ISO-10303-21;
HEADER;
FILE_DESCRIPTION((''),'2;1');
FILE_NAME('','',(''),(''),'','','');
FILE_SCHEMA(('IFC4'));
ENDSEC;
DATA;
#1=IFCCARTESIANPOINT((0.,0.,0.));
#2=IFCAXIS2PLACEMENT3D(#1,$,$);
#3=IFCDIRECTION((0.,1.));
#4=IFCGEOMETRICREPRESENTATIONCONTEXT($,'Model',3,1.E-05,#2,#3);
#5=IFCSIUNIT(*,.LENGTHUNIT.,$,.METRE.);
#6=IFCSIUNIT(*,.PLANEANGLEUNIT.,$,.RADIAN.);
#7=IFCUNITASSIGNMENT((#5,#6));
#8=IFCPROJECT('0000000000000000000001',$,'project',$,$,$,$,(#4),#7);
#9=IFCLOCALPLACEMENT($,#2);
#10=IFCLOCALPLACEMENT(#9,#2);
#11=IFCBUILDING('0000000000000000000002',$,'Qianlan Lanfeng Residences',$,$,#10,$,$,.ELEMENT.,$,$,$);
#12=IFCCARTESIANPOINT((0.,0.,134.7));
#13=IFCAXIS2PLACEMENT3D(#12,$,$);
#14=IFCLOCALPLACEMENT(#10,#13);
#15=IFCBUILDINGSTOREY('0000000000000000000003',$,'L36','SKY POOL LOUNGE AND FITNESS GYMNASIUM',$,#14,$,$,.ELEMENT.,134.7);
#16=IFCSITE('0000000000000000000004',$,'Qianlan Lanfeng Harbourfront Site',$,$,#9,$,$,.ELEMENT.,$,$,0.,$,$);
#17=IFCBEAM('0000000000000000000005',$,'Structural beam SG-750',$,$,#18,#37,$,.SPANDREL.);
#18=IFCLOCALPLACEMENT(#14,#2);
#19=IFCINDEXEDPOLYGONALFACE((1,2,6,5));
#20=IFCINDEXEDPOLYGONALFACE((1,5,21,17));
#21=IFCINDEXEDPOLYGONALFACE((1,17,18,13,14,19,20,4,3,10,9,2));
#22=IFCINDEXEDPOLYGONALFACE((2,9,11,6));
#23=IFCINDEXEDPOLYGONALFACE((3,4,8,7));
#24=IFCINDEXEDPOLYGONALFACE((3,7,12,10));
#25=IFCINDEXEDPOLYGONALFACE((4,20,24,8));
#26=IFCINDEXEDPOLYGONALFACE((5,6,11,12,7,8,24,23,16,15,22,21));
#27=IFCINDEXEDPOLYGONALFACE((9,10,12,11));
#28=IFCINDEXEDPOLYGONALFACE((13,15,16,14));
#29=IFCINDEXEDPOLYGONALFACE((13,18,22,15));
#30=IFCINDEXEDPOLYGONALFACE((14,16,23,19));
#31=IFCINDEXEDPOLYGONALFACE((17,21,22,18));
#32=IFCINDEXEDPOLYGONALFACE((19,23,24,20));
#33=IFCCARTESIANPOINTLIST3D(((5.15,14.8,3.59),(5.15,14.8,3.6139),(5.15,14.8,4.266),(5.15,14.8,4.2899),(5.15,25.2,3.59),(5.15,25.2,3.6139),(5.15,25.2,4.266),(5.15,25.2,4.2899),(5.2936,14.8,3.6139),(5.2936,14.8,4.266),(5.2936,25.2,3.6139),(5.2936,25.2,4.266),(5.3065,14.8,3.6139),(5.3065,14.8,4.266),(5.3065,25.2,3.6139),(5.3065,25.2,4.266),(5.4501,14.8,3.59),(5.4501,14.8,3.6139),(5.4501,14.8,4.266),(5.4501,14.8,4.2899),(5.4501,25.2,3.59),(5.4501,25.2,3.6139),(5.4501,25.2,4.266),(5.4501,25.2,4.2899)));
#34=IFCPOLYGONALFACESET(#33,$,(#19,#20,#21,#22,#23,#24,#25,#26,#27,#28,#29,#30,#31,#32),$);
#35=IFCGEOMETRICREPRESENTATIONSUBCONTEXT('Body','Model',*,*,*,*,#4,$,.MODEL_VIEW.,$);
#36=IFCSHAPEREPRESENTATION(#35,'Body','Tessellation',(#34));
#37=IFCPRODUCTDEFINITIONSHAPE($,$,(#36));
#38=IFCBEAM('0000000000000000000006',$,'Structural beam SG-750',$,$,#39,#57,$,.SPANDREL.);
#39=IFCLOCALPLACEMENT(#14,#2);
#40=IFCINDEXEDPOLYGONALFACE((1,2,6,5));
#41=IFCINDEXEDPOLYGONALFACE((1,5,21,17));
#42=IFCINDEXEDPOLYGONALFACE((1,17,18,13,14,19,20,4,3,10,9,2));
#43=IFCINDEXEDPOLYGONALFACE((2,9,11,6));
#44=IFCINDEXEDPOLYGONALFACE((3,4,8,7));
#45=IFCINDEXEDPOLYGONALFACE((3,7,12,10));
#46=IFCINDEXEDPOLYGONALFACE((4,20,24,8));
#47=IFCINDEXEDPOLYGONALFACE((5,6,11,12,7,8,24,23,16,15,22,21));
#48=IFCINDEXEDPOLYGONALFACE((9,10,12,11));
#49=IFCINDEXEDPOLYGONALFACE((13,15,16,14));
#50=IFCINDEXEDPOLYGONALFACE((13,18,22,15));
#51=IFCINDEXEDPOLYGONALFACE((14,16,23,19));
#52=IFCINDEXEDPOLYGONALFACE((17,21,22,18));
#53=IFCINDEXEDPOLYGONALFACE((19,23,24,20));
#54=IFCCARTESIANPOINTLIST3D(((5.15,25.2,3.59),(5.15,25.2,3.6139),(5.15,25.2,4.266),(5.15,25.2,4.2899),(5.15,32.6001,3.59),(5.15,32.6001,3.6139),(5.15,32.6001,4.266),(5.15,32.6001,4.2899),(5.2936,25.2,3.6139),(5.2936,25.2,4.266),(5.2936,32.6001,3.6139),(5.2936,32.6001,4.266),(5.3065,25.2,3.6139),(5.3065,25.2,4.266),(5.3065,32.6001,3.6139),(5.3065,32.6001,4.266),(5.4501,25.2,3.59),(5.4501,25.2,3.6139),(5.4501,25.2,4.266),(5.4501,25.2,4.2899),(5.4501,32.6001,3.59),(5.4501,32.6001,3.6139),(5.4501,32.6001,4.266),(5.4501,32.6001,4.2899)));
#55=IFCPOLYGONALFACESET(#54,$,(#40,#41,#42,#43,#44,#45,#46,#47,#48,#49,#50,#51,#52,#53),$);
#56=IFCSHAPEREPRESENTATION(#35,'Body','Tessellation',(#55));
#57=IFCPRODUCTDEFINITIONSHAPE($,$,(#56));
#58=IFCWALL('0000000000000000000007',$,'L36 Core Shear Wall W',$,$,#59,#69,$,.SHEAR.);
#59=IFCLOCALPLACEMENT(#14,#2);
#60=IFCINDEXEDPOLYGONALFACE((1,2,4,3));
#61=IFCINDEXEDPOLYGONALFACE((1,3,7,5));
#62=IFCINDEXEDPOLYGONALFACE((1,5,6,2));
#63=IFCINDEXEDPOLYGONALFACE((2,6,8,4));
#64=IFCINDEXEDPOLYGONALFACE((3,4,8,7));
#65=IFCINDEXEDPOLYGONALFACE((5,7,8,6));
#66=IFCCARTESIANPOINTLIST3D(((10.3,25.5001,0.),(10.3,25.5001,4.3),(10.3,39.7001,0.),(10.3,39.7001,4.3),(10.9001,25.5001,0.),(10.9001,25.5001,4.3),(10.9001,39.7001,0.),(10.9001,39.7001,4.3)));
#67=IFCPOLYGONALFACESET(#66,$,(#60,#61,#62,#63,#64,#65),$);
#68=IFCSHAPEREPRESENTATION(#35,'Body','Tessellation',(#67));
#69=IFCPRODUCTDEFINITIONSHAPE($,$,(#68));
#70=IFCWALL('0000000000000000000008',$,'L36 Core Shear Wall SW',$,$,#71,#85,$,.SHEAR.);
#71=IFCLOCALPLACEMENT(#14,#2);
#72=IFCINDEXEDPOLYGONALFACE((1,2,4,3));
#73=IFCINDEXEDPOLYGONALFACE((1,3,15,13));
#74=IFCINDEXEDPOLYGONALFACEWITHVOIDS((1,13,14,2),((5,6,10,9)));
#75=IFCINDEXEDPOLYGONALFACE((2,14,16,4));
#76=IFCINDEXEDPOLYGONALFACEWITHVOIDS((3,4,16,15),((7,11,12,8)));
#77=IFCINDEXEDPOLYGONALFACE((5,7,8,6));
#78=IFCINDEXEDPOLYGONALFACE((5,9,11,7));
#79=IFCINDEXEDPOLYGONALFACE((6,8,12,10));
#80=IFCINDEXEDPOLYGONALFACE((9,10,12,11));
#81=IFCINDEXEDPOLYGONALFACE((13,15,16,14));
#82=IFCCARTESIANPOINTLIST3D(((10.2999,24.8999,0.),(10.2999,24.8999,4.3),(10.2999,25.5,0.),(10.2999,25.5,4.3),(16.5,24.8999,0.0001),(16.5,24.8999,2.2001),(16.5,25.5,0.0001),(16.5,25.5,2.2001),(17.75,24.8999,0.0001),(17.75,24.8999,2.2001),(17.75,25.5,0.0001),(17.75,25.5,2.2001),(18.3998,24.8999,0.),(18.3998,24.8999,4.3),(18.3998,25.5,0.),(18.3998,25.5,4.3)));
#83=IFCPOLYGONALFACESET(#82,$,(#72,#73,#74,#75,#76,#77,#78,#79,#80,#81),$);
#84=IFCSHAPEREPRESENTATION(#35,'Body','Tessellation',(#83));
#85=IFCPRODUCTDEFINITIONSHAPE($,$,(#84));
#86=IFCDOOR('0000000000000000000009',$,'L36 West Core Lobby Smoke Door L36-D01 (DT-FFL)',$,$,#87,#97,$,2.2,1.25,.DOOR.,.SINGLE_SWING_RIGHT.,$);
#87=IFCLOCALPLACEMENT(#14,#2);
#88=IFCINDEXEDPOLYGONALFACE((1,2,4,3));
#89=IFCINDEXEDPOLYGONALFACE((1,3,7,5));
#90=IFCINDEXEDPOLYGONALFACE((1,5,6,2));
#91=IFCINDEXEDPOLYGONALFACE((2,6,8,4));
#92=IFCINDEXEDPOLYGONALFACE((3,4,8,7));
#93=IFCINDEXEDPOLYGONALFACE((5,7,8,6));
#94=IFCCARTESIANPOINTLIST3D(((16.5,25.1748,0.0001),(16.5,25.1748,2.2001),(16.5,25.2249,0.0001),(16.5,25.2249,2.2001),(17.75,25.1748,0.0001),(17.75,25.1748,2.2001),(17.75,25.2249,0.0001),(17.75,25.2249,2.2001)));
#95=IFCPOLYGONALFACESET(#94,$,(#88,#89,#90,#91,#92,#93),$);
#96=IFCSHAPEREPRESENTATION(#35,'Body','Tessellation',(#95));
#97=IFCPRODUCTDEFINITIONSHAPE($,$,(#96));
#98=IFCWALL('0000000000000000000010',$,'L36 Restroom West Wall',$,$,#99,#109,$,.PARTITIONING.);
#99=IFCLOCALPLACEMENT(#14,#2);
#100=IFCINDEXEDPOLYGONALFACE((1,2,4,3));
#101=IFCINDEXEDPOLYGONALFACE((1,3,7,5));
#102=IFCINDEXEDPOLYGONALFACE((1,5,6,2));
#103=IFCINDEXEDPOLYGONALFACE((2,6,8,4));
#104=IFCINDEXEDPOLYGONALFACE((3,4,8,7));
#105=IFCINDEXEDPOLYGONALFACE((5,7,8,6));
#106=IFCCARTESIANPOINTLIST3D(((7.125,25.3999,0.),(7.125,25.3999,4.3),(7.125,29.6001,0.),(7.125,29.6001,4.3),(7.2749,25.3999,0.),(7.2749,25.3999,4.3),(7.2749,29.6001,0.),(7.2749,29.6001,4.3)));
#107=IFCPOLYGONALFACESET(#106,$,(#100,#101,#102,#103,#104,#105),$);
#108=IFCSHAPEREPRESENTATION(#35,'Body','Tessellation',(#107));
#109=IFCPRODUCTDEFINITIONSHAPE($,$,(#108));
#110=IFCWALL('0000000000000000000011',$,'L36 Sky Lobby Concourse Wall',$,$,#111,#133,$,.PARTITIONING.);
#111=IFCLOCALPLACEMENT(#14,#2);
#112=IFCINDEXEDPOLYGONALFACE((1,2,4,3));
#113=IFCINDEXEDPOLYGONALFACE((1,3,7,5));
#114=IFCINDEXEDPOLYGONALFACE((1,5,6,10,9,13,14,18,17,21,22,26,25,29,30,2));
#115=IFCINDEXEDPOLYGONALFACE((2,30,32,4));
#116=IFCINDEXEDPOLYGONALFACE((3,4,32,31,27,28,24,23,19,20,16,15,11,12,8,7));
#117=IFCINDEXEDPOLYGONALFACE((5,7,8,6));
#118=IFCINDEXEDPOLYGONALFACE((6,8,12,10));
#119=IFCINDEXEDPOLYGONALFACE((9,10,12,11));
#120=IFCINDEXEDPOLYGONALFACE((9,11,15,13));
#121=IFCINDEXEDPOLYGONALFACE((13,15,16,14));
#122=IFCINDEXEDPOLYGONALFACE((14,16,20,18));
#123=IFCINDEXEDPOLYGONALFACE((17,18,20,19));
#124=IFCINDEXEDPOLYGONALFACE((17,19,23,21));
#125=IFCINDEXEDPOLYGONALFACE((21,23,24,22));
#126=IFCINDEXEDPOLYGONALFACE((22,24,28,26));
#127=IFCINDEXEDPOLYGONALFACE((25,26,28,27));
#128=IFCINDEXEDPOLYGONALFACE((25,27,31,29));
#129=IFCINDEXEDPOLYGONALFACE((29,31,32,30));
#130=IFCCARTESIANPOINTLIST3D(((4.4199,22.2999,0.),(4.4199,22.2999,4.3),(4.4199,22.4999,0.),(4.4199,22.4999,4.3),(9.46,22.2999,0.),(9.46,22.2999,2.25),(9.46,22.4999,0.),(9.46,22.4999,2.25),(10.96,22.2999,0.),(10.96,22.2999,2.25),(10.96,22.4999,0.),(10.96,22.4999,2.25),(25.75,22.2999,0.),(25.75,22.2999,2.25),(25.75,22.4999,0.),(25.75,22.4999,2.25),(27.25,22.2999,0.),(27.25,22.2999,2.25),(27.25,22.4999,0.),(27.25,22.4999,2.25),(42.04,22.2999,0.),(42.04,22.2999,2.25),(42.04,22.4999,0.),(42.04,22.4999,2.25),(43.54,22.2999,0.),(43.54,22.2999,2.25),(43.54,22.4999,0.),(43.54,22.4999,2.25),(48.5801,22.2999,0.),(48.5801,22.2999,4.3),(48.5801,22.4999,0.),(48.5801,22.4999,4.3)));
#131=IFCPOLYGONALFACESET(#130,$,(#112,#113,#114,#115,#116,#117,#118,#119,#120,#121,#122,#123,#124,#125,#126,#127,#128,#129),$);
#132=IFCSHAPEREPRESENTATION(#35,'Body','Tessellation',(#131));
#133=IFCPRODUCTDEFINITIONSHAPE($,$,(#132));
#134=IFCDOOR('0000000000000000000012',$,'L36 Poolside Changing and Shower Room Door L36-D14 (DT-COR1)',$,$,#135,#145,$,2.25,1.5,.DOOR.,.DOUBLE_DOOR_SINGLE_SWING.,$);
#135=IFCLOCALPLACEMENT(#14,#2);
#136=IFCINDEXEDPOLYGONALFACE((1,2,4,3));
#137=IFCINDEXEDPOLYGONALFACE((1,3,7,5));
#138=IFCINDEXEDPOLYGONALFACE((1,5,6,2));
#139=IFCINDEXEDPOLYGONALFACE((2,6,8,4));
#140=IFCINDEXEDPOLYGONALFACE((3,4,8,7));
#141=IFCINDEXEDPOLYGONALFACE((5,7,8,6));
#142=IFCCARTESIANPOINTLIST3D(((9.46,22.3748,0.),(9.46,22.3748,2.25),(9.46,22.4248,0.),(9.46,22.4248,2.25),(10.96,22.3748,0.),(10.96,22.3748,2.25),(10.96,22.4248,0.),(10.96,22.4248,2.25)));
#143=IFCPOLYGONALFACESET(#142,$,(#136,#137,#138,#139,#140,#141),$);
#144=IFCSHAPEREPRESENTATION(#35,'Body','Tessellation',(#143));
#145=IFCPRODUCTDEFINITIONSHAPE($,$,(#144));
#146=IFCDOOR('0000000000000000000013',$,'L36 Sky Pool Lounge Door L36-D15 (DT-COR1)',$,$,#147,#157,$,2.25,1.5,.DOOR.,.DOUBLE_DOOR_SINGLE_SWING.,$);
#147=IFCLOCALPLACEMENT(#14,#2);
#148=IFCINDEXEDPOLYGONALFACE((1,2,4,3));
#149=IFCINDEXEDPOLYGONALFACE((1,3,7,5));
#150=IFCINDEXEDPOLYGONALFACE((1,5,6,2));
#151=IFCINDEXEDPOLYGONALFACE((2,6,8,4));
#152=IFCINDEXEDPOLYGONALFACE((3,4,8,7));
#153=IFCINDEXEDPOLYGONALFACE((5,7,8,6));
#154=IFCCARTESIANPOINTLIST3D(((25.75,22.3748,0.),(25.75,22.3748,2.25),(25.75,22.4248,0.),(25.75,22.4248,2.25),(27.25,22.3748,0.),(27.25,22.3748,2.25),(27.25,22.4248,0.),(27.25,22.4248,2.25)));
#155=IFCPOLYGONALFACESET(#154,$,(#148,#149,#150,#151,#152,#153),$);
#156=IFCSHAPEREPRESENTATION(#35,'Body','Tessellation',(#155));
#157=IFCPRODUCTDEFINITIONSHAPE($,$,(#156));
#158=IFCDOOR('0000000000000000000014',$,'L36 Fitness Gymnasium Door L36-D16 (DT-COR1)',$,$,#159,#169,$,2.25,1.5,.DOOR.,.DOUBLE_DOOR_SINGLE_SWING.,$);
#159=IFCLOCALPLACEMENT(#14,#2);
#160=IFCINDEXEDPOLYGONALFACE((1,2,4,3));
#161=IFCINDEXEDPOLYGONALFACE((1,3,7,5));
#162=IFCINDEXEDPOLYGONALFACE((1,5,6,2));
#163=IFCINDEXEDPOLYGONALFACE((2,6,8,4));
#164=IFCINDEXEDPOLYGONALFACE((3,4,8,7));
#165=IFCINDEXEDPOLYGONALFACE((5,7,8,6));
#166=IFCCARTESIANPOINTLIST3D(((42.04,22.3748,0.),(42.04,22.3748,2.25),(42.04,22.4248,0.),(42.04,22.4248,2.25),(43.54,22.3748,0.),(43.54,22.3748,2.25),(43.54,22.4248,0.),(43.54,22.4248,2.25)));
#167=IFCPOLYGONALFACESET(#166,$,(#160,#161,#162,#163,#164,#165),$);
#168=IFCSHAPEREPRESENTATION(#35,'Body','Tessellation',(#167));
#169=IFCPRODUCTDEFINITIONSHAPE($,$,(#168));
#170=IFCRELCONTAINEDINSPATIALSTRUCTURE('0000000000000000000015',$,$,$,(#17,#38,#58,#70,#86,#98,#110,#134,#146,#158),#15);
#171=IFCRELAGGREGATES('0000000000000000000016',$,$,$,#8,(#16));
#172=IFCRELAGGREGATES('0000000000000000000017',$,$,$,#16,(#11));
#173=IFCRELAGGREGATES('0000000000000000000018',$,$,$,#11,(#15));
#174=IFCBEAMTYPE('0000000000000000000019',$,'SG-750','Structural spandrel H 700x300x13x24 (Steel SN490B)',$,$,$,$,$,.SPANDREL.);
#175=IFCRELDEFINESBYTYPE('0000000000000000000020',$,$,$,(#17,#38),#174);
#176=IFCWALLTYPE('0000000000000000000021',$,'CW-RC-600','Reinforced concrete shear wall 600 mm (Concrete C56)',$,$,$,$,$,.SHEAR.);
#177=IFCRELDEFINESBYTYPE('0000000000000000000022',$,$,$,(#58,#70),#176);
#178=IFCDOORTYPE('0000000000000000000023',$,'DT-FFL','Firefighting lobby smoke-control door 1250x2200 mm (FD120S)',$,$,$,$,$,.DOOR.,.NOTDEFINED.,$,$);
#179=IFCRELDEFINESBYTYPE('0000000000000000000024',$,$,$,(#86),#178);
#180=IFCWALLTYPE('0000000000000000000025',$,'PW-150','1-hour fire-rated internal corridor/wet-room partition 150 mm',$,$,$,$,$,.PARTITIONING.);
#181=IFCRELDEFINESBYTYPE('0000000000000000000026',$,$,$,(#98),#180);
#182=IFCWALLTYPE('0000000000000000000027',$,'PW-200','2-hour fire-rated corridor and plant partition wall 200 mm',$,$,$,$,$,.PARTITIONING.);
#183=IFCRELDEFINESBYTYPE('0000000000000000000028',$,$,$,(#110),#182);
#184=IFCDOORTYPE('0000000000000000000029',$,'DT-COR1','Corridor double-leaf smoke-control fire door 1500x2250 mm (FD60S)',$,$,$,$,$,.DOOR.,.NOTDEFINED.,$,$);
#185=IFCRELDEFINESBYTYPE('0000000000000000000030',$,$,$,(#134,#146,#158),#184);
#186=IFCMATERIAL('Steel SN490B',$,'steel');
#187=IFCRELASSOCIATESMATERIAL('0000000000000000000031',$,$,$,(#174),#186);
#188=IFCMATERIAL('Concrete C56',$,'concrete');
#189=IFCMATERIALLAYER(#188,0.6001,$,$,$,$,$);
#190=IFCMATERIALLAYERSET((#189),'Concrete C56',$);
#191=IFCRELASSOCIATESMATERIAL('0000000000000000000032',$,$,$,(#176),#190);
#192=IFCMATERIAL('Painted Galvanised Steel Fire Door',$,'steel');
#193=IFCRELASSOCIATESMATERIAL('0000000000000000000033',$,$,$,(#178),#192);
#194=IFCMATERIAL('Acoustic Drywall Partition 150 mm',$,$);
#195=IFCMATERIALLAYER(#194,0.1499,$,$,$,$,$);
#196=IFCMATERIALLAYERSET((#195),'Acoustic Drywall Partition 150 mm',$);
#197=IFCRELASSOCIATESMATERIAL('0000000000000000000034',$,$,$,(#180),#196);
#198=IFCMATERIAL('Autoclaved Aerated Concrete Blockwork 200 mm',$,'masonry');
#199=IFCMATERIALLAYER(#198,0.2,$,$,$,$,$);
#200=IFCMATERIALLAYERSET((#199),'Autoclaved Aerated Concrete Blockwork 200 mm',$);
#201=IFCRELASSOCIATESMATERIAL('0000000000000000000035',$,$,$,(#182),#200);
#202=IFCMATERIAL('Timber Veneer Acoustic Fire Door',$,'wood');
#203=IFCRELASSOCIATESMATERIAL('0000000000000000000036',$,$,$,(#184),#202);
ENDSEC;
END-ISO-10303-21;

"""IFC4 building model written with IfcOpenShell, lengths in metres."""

from ifc_helpers import new_model, si_unit, direction, frame, frame_2d, origin, origin_2d, place, context, subcontext, project, spatial, rectangle, i_section, extrude, material, layer, layer_set, material_profile, profile_set, type_object, element, fill, save


model = new_model("IFC4")

# Units and contexts
model_context = context("Model", 3, precision=1e-05, world=origin(), true_north=direction((0.0, 1.0)))
body_context = subcontext(model_context, "Body", "Model", "MODEL_VIEW")
ifc_project = project(units=[si_unit("LENGTHUNIT", "METRE"), si_unit("PLANEANGLEUNIT", "RADIAN")], contexts=[model_context])

# Site, building, storey
site_placement = place(None, origin())
site = spatial("IfcSite", under=ifc_project, at=site_placement, Name="Qianlan Lanfeng Harbourfront Site", CompositionType="ELEMENT", RefElevation=0.0)
building_placement = place(site_placement, origin())
building = spatial("IfcBuilding", under=site, at=building_placement, Name="Qianlan Lanfeng Residences", CompositionType="ELEMENT")
storey_placement = place(building_placement, frame((0.0, 0.0, 134.7)))
storey = spatial("IfcBuildingStorey", under=building, at=storey_placement, Name="L36", Description="SKY POOL LOUNGE AND FITNESS GYMNASIUM", CompositionType="ELEMENT", Elevation=134.7)

# Shared definitions
ifc_material_1 = material(Name="Steel SN490B", Category="steel")

# Beams
ifc_material_profile_1 = material_profile(ifc_material_1, i_section(OverallWidth=0.3, OverallDepth=0.7, WebThickness=0.0129, FlangeThickness=0.0239, at=origin_2d()), Name="H 700x300x13x24")
ifc_profile_set_1 = profile_set([ifc_material_profile_1], Name="Steel SN490B")
beam_type_1 = type_object("IfcBeamType", Name="SG-750", Description="Structural spandrel H 700x300x13x24 (Steel SN490B)", PredefinedType="SPANDREL", material=ifc_profile_set_1)
beam_1_placement = place(storey_placement, frame((5.3, 14.8, 3.9399), z_axis=(0.0, 1.0, 0.0), x_axis=(-1.0, 0.0, 0.0)))
element("IfcBeam", 1, at=beam_1_placement, inside=storey, type_object=beam_type_1, Name="Structural beam SG-750", PredefinedType="SPANDREL", context=body_context, shape_type="SweptSolid", body=[
    extrude(i_section(OverallWidth=0.3, OverallDepth=0.7, WebThickness=0.0129, FlangeThickness=0.0239, at=origin_2d()), origin(), (0.0, 0.0, 1.0), 10.3999),
])
beam_2_placement = place(storey_placement, frame((5.3, 25.2, 3.9399), z_axis=(0.0, 1.0, 0.0), x_axis=(-1.0, 0.0, 0.0)))
element("IfcBeam", 2, at=beam_2_placement, inside=storey, type_object=beam_type_1, Name="Structural beam SG-750", PredefinedType="SPANDREL", context=body_context, shape_type="SweptSolid", body=[
    extrude(i_section(OverallWidth=0.3, OverallDepth=0.7, WebThickness=0.0129, FlangeThickness=0.0239, at=origin_2d()), origin(), (0.0, 0.0, 1.0), 7.4001),
])

# Wall
ifc_material_2 = material(Name="Concrete C56", Category="concrete")
ifc_layer_1 = layer(ifc_material_2, 0.6001)
ifc_layer_set_1 = layer_set([ifc_layer_1], Name="Concrete C56")
wall_type_1 = type_object("IfcWallType", Name="CW-RC-600", Description="Reinforced concrete shear wall 600 mm (Concrete C56)", PredefinedType="SHEAR", material=ifc_layer_set_1)
wall_1_placement = place(storey_placement, frame((10.6001, 25.5, 0.0), z_axis=(0.0, 0.0, 1.0), x_axis=(0.0, 1.0, 0.0)))
element("IfcWall", 3, at=wall_1_placement, inside=storey, type_object=wall_type_1, Name="L36 Core Shear Wall W", PredefinedType="SHEAR", context=body_context, shape_type="SweptSolid", body=[
    extrude(rectangle(XDim=14.2, YDim=0.6001, at=frame_2d((7.1001, 0.0))), origin(), (0.0, 0.0, 1.0), 4.3),
])

# Wall, opening, door
wall_2_placement = place(storey_placement, frame((10.3, 25.2, 0.0), z_axis=(0.0, 0.0, 1.0), x_axis=(1.0, 0.0, 0.0)))
wall_2 = element("IfcWall", 4, at=wall_2_placement, inside=storey, type_object=wall_type_1, Name="L36 Core Shear Wall SW", PredefinedType="SHEAR", context=body_context, shape_type="SweptSolid", body=[
    extrude(rectangle(XDim=8.0999, YDim=0.6001, at=frame_2d((4.0498, 0.0))), origin(), (0.0, 0.0, 1.0), 4.3),
])
opening_1_placement = place(wall_2_placement, frame((6.2, 0.0, 0.0)))
opening_1 = element("IfcOpeningElement", 5, at=opening_1_placement, cuts=wall_2, PredefinedType="OPENING", context=body_context, shape_type="SweptSolid", body=[
    extrude(rectangle(XDim=1.25, YDim=2.2, at=frame_2d((0.625, 1.1001))), frame((0.0, 0.3101, 0.0), z_axis=(0.0, -1.0, 0.0), x_axis=(1.0, 0.0, 0.0)), (0.0, 0.0, 1.0), 0.6201),
])
ifc_material_3 = material(Name="Painted Galvanised Steel Fire Door", Category="steel")
door_type_1 = type_object("IfcDoorType", Name="DT-FFL", Description="Firefighting lobby smoke-control door 1250x2200 mm (FD120S)", OperationType="NOTDEFINED", PredefinedType="DOOR", material=ifc_material_3)
door_1_placement = place(opening_1_placement, origin())
door_1 = element("IfcDoor", 6, at=door_1_placement, inside=storey, type_object=door_type_1, Name="L36 West Core Lobby Smoke Door L36-D01 (DT-FFL)", OperationType="SINGLE_SWING_RIGHT", OverallHeight=2.2, OverallWidth=1.25, PredefinedType="DOOR", context=body_context, shape_type="SweptSolid", body=[
    extrude(rectangle(XDim=1.25, YDim=2.2, at=frame_2d((0.625, 1.1001))), frame((0.0, 0.0249, 0.0), z_axis=(0.0, -1.0, 0.0), x_axis=(1.0, 0.0, 0.0)), (0.0, 0.0, 1.0), 0.05),
])
fill(opening_1, door_1)
ifc_material_4 = material(Name="Acoustic Drywall Partition 150 mm")
ifc_layer_2 = layer(ifc_material_4, 0.1499)
ifc_layer_set_2 = layer_set([ifc_layer_2], Name="Acoustic Drywall Partition 150 mm")
wall_type_2 = type_object("IfcWallType", Name="PW-150", Description="1-hour fire-rated internal corridor/wet-room partition 150 mm", PredefinedType="PARTITIONING", material=ifc_layer_set_2)

# Wall
wall_3_placement = place(storey_placement, frame((7.2, 25.3999, 0.0), z_axis=(0.0, 0.0, 1.0), x_axis=(0.0, 1.0, 0.0)))
element("IfcWall", 7, at=wall_3_placement, inside=storey, type_object=wall_type_2, Name="L36 Restroom West Wall", PredefinedType="PARTITIONING", context=body_context, shape_type="SweptSolid", body=[
    extrude(rectangle(XDim=4.2002, YDim=0.1499, at=frame_2d((2.1001, 0.0))), origin(), (0.0, 0.0, 1.0), 4.3),
])

# Wall, openings, doors
ifc_material_5 = material(Name="Autoclaved Aerated Concrete Blockwork 200 mm", Category="masonry")
ifc_layer_3 = layer(ifc_material_5, 0.2)
ifc_layer_set_3 = layer_set([ifc_layer_3], Name="Autoclaved Aerated Concrete Blockwork 200 mm")
wall_type_3 = type_object("IfcWallType", Name="PW-200", Description="2-hour fire-rated corridor and plant partition wall 200 mm", PredefinedType="PARTITIONING", material=ifc_layer_set_3)
wall_4_placement = place(storey_placement, frame((4.4199, 22.3999, 0.0), z_axis=(0.0, 0.0, 1.0), x_axis=(1.0, 0.0, 0.0)))
wall_4 = element("IfcWall", 8, at=wall_4_placement, inside=storey, type_object=wall_type_3, Name="L36 Sky Lobby Concourse Wall", PredefinedType="PARTITIONING", context=body_context, shape_type="SweptSolid", body=[
    extrude(rectangle(XDim=44.1602, YDim=0.2, at=frame_2d((22.0801, 0.0))), origin(), (0.0, 0.0, 1.0), 4.3),
])
opening_2_placement = place(wall_4_placement, frame((5.04, 0.0, 0.0)))
opening_2 = element("IfcOpeningElement", 9, at=opening_2_placement, cuts=wall_4, PredefinedType="OPENING", context=body_context, shape_type="SweptSolid", body=[
    extrude(rectangle(XDim=1.5, YDim=2.25, at=frame_2d((0.75, 1.125))), frame((0.0, 0.1099, 0.0), z_axis=(0.0, -1.0, 0.0), x_axis=(1.0, 0.0, 0.0)), (0.0, 0.0, 1.0), 0.22),
])
opening_3_placement = place(wall_4_placement, frame((21.3301, 0.0, 0.0)))
opening_3 = element("IfcOpeningElement", 10, at=opening_3_placement, cuts=wall_4, PredefinedType="OPENING", context=body_context, shape_type="SweptSolid", body=[
    extrude(rectangle(XDim=1.5, YDim=2.25, at=frame_2d((0.75, 1.125))), frame((0.0, 0.1099, 0.0), z_axis=(0.0, -1.0, 0.0), x_axis=(1.0, 0.0, 0.0)), (0.0, 0.0, 1.0), 0.22),
])
opening_4_placement = place(wall_4_placement, frame((37.6201, 0.0, 0.0)))
opening_4 = element("IfcOpeningElement", 11, at=opening_4_placement, cuts=wall_4, PredefinedType="OPENING", context=body_context, shape_type="SweptSolid", body=[
    extrude(rectangle(XDim=1.5, YDim=2.25, at=frame_2d((0.75, 1.125))), frame((0.0, 0.1099, 0.0), z_axis=(0.0, -1.0, 0.0), x_axis=(1.0, 0.0, 0.0)), (0.0, 0.0, 1.0), 0.22),
])
ifc_material_6 = material(Name="Timber Veneer Acoustic Fire Door", Category="wood")
door_type_2 = type_object("IfcDoorType", Name="DT-COR1", Description="Corridor double-leaf smoke-control fire door 1500x2250 mm (FD60S)", OperationType="NOTDEFINED", PredefinedType="DOOR", material=ifc_material_6)
door_2_placement = place(opening_2_placement, origin())
door_2 = element("IfcDoor", 12, at=door_2_placement, inside=storey, type_object=door_type_2, Name="L36 Poolside Changing and Shower Room Door L36-D14 (DT-COR1)", OperationType="DOUBLE_DOOR_SINGLE_SWING", OverallHeight=2.25, OverallWidth=1.5, PredefinedType="DOOR", context=body_context, shape_type="SweptSolid", body=[
    extrude(rectangle(XDim=1.5, YDim=2.25, at=frame_2d((0.75, 1.125))), frame((0.0, 0.0249, 0.0), z_axis=(0.0, -1.0, 0.0), x_axis=(1.0, 0.0, 0.0)), (0.0, 0.0, 1.0), 0.05),
])
fill(opening_2, door_2)
door_3_placement = place(opening_3_placement, origin())
door_3 = element("IfcDoor", 13, at=door_3_placement, inside=storey, type_object=door_type_2, Name="L36 Sky Pool Lounge Door L36-D15 (DT-COR1)", OperationType="DOUBLE_DOOR_SINGLE_SWING", OverallHeight=2.25, OverallWidth=1.5, PredefinedType="DOOR", context=body_context, shape_type="SweptSolid", body=[
    extrude(rectangle(XDim=1.5, YDim=2.25, at=frame_2d((0.75, 1.125))), frame((0.0, 0.0249, 0.0), z_axis=(0.0, -1.0, 0.0), x_axis=(1.0, 0.0, 0.0)), (0.0, 0.0, 1.0), 0.05),
])
fill(opening_3, door_3)
door_4_placement = place(opening_4_placement, origin())
door_4 = element("IfcDoor", 14, at=door_4_placement, inside=storey, type_object=door_type_2, Name="L36 Fitness Gymnasium Door L36-D16 (DT-COR1)", OperationType="DOUBLE_DOOR_SINGLE_SWING", OverallHeight=2.25, OverallWidth=1.5, PredefinedType="DOOR", context=body_context, shape_type="SweptSolid", body=[
    extrude(rectangle(XDim=1.5, YDim=2.25, at=frame_2d((0.75, 1.125))), frame((0.0, 0.0249, 0.0), z_axis=(0.0, -1.0, 0.0), x_axis=(1.0, 0.0, 0.0)), (0.0, 0.0, 1.0), 0.05),
])
fill(opening_4, door_4)

save(model, "model.ifc")
